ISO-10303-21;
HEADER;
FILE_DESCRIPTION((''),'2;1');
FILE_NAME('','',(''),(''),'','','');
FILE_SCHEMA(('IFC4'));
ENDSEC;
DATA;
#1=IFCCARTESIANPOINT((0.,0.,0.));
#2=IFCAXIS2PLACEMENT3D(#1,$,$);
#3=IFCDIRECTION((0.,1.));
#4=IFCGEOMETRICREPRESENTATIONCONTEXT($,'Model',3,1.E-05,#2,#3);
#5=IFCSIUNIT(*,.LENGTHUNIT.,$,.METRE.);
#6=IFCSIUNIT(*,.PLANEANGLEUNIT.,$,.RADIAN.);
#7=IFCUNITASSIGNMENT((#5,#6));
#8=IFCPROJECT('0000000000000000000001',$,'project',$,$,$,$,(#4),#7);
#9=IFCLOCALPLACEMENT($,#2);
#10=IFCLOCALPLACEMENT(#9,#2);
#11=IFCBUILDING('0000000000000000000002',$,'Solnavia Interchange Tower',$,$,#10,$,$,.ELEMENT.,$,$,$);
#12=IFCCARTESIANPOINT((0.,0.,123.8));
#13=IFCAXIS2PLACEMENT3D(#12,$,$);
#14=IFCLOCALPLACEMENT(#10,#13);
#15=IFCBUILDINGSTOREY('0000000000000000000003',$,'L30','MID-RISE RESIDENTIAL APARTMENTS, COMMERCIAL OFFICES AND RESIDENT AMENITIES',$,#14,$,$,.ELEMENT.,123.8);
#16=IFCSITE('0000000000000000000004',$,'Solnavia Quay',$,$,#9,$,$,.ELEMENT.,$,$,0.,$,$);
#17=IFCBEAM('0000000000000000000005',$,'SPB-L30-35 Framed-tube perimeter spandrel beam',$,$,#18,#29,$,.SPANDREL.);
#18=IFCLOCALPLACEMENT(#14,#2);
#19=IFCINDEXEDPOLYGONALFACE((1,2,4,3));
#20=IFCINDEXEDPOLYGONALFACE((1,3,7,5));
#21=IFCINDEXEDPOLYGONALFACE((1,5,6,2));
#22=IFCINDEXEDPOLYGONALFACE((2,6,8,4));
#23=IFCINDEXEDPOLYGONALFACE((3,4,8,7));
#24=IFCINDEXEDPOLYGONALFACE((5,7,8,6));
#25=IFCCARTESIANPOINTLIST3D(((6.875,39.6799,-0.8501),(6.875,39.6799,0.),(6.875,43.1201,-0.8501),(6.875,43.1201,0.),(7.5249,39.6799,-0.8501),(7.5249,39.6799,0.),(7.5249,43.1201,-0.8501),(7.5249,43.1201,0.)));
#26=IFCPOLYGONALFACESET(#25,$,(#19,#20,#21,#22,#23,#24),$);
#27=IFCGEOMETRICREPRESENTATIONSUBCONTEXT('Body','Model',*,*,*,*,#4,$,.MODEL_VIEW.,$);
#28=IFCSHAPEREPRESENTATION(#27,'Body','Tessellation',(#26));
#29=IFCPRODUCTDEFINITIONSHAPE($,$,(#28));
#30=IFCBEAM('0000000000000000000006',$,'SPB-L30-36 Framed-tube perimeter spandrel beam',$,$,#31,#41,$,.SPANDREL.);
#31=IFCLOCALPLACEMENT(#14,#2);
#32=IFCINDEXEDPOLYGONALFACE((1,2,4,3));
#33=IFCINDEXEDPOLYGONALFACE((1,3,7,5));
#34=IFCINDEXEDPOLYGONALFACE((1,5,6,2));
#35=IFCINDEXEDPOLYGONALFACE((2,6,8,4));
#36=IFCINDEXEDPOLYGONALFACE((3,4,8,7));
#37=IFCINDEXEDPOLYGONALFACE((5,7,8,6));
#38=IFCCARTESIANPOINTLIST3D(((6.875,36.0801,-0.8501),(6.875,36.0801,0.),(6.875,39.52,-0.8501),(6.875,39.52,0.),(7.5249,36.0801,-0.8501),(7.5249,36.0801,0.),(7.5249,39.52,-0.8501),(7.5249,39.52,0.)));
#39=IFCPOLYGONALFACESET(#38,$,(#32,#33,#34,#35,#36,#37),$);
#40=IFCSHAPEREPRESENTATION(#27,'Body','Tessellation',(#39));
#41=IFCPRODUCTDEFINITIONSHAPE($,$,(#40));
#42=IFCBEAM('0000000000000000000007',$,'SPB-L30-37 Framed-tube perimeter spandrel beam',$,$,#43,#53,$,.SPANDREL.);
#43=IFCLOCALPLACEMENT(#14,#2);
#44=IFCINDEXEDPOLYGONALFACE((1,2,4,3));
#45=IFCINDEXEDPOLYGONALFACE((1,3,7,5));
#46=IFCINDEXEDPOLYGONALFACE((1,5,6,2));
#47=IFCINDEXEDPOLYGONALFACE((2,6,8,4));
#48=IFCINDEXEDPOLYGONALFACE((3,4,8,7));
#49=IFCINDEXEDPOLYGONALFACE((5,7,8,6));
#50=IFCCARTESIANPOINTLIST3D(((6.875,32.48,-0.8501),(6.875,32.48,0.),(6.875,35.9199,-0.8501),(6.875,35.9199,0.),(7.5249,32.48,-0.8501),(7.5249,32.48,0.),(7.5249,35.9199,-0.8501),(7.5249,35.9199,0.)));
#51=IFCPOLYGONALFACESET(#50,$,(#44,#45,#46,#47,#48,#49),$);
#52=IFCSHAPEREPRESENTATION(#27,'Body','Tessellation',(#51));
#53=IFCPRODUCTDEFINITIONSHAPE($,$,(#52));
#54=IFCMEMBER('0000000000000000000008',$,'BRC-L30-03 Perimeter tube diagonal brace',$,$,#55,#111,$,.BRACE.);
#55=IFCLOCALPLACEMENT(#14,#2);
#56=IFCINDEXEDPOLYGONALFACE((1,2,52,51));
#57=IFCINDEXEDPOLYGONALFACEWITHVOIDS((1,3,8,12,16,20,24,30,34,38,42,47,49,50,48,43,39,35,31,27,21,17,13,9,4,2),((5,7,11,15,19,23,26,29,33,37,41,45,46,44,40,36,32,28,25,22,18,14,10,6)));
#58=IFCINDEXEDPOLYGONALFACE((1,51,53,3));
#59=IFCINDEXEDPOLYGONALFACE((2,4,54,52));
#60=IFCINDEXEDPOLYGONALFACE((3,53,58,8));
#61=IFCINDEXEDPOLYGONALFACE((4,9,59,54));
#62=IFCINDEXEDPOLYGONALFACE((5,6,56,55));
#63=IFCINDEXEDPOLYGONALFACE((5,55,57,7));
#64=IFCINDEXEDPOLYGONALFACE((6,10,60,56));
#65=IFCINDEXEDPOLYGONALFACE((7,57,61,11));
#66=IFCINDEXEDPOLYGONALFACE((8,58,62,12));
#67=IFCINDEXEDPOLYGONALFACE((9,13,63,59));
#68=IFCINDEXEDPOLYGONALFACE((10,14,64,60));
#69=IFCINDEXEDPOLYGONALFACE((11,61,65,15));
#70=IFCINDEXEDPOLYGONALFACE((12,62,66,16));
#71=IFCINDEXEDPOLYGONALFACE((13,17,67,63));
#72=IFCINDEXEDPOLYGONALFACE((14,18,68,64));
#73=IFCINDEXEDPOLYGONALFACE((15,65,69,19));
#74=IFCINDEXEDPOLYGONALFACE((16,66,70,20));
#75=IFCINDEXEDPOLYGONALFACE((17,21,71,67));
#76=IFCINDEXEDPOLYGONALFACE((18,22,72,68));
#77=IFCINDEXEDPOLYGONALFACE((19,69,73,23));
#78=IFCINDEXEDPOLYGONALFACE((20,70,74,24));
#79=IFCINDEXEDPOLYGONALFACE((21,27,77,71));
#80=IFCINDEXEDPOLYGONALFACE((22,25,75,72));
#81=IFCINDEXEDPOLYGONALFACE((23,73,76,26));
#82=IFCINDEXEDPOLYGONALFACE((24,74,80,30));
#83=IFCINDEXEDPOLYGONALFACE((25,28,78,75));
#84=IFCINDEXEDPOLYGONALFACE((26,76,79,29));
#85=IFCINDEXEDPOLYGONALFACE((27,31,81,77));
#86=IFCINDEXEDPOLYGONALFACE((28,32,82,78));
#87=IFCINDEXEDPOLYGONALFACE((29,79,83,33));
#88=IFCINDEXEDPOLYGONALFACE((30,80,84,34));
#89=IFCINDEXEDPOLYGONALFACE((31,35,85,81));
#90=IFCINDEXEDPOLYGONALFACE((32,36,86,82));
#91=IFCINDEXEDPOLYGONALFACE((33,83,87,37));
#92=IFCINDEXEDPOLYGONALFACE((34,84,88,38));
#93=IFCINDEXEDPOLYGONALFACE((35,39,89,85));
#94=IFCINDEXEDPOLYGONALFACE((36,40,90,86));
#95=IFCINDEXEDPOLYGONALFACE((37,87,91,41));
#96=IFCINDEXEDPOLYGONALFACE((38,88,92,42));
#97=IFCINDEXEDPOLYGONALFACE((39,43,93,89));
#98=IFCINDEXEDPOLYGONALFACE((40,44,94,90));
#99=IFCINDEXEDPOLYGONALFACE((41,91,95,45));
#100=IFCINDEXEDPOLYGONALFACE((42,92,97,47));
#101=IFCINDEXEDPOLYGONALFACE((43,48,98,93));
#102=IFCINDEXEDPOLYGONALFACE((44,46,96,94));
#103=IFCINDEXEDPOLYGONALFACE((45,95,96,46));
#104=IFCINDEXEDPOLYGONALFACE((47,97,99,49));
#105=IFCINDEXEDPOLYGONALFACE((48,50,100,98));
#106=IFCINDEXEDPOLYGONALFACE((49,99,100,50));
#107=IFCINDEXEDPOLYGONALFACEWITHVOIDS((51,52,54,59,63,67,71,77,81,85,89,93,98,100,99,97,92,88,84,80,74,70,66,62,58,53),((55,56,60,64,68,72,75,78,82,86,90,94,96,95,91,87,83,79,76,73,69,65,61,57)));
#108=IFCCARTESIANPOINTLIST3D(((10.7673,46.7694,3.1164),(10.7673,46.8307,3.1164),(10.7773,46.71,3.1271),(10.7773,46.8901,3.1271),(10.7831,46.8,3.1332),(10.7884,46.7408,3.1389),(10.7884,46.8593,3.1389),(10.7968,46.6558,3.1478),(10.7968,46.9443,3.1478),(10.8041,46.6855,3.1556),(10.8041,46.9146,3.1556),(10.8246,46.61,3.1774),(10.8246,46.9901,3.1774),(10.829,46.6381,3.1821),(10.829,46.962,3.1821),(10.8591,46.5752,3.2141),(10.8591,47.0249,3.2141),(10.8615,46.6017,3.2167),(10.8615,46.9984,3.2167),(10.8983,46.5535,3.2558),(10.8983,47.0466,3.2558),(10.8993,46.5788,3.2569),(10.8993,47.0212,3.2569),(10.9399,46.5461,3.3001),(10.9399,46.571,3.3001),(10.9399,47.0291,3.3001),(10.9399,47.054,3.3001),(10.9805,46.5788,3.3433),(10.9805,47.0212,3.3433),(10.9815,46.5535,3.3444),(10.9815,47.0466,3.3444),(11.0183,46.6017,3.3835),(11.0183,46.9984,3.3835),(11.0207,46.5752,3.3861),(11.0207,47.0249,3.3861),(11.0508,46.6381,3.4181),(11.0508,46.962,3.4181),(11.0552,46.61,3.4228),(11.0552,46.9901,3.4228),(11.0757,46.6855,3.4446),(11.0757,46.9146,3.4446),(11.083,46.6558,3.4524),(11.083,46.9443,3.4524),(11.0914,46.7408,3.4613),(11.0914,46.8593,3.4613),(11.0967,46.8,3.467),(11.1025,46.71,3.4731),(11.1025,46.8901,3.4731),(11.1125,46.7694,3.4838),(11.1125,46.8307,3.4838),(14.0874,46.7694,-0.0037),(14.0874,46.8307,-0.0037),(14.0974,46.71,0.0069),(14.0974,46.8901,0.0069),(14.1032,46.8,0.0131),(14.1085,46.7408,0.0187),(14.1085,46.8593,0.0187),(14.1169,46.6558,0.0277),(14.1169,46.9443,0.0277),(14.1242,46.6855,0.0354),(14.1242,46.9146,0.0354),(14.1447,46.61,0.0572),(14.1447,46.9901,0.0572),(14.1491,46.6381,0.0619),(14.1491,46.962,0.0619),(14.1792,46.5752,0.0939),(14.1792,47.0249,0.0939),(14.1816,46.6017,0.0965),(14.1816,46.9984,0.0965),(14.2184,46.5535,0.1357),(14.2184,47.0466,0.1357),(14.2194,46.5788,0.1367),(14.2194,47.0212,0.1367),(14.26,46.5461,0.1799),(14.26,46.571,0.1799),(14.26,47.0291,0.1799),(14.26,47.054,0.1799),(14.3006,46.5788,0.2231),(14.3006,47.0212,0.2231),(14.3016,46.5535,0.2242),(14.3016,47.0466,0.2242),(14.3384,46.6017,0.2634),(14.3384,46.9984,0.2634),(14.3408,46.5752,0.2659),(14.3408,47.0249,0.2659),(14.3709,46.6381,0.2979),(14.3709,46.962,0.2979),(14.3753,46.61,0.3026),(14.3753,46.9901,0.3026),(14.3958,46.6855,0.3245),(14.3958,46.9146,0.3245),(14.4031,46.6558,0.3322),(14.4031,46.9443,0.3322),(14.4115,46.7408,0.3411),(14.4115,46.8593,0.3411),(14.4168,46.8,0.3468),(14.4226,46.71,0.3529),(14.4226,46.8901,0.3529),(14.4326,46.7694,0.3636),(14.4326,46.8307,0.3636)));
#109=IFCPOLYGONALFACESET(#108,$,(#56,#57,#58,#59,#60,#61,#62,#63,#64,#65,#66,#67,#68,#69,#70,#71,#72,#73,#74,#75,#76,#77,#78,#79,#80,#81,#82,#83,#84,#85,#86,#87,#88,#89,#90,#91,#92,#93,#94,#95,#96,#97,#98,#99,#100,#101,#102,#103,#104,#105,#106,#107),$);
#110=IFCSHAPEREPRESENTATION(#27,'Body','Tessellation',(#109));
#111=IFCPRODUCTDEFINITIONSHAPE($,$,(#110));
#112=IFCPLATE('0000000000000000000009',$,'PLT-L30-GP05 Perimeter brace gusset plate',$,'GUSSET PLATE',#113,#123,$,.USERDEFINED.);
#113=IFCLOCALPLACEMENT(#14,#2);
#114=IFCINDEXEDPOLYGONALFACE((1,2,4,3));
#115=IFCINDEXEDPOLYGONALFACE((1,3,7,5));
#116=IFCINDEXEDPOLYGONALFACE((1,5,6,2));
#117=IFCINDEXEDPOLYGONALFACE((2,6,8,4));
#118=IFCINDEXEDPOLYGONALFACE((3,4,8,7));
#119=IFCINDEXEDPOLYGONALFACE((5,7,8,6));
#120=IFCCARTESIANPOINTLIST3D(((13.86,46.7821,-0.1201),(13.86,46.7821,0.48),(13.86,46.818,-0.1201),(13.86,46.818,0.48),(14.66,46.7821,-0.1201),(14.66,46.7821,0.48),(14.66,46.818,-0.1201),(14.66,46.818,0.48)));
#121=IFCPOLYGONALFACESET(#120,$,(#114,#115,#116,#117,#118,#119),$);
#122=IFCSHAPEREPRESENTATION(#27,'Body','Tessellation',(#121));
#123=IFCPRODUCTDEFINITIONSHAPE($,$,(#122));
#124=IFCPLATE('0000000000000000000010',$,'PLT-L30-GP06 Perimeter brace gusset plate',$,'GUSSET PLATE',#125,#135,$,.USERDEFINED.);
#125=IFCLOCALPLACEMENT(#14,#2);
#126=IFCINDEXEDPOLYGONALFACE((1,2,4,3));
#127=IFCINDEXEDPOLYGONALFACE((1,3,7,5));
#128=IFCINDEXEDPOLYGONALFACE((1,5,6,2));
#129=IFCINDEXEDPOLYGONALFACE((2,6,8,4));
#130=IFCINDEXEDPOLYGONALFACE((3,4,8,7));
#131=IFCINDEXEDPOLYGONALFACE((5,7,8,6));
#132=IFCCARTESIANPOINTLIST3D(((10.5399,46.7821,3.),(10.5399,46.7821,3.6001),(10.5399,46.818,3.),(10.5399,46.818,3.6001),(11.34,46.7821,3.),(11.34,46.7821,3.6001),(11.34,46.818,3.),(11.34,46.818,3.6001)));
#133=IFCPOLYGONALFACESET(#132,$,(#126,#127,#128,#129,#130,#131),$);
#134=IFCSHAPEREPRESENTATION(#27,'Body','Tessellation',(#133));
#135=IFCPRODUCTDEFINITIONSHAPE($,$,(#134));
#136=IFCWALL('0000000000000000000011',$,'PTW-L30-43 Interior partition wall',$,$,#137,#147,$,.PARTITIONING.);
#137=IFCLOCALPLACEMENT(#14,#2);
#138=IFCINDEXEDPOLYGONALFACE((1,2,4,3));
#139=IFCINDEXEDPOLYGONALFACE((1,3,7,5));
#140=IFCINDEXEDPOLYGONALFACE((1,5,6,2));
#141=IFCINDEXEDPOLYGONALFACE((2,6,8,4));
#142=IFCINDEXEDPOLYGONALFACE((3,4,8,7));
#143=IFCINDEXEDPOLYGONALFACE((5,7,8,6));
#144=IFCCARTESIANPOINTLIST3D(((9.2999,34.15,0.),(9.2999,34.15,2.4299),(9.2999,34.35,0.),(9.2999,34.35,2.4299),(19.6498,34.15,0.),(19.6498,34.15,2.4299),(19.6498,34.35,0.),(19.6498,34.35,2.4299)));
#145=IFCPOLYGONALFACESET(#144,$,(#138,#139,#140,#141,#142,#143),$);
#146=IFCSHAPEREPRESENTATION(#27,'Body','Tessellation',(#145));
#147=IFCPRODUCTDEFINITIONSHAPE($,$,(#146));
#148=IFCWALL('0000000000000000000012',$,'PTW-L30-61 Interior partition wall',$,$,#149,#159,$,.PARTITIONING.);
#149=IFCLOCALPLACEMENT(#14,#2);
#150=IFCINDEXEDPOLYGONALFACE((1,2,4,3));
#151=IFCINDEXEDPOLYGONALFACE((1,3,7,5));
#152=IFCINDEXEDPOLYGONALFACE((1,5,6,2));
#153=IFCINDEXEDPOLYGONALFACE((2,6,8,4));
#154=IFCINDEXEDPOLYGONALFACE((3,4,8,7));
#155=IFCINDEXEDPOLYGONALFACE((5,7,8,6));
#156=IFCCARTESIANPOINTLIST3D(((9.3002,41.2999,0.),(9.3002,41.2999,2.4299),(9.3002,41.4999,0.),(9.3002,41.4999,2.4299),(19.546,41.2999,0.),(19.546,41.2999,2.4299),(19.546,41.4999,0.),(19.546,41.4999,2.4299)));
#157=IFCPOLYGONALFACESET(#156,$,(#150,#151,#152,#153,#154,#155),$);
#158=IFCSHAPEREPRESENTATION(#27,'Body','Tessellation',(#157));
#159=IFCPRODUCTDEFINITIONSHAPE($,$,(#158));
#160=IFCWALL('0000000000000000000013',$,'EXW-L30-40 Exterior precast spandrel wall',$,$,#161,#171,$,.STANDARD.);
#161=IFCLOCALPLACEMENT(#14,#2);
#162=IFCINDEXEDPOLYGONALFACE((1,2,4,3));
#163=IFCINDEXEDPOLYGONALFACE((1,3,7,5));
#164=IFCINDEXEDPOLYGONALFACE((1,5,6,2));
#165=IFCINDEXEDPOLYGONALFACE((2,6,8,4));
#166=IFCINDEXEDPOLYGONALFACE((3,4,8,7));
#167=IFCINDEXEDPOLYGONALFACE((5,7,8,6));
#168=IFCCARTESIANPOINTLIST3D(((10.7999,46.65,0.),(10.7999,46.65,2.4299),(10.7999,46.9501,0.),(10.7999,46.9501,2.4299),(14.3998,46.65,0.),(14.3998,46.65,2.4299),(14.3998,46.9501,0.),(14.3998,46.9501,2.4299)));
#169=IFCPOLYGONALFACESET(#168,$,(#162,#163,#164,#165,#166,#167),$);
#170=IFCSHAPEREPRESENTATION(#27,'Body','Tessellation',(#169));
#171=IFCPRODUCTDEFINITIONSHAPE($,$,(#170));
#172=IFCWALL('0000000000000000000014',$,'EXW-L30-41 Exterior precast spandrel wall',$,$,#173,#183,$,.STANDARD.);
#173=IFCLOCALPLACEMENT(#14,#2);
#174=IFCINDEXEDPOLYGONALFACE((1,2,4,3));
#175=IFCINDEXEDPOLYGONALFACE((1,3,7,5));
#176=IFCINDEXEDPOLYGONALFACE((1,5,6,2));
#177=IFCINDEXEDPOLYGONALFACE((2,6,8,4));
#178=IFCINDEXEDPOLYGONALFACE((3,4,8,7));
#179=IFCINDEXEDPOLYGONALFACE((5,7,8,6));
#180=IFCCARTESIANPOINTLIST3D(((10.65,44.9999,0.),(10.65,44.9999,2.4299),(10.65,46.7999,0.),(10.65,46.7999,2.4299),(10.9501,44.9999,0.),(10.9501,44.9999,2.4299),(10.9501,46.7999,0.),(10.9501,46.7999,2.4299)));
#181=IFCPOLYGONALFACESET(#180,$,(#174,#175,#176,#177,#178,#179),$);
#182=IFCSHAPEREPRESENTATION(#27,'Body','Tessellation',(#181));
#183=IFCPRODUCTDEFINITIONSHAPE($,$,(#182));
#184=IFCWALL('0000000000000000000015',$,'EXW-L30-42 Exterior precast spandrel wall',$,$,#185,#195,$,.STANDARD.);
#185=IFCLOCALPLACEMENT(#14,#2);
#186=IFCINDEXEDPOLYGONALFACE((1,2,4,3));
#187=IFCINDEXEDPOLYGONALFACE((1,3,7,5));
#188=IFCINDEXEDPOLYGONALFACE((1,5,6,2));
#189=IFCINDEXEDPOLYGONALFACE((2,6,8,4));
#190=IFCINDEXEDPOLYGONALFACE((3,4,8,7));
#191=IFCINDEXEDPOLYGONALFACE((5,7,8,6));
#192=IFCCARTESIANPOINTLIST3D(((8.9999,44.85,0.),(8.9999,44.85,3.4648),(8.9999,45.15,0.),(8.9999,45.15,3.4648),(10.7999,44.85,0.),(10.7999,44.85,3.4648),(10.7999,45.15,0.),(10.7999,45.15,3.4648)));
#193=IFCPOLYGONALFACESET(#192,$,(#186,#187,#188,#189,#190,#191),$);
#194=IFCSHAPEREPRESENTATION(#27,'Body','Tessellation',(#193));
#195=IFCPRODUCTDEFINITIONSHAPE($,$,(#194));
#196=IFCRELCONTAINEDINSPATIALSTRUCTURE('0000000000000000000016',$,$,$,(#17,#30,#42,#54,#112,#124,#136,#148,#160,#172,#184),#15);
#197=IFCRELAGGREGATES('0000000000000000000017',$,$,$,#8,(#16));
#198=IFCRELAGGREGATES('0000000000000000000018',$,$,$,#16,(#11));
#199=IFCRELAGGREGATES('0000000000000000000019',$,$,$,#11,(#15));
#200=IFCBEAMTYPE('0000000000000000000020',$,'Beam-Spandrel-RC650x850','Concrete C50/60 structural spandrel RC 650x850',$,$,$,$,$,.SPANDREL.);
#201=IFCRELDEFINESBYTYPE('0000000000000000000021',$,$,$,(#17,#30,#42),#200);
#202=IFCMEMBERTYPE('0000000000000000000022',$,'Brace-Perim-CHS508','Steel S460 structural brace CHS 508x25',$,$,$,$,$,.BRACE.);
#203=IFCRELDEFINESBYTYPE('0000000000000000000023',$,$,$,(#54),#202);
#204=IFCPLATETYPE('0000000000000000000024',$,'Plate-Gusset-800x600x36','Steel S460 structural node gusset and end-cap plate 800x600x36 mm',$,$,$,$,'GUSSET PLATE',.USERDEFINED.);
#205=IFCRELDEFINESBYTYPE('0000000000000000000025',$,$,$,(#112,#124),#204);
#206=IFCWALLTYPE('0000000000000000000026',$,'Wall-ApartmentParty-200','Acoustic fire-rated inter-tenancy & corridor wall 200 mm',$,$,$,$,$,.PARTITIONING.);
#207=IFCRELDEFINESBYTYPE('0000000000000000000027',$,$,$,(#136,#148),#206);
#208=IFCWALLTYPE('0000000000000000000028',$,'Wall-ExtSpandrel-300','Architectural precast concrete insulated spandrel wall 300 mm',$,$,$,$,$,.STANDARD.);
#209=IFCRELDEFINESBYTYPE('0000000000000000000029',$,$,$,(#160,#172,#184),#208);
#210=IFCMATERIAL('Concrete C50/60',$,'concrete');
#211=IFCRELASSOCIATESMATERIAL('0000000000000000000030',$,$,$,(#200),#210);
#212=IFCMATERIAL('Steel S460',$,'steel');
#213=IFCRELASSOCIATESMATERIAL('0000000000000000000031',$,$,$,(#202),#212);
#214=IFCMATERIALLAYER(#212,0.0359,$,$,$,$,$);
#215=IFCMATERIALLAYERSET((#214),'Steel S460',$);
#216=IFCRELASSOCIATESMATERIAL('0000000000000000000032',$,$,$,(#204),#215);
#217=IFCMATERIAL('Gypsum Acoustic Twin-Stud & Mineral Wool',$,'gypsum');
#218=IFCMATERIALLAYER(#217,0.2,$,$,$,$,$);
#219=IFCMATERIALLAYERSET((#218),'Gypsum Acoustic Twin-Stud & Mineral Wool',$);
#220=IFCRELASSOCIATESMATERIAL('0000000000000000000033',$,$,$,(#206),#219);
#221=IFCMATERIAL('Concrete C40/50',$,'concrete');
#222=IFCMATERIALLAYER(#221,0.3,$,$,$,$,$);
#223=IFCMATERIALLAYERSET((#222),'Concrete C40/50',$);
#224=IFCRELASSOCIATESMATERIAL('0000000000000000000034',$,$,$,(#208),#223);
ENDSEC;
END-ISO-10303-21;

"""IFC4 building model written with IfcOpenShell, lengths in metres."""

from ifc_helpers import new_model, si_unit, direction, frame, frame_2d, origin, origin_2d, place, context, subcontext, project, spatial, rectangle, hollow_circle, extrude, material, layer, layer_set, material_profile, profile_set, type_object, element, save


model = new_model("IFC4")

# Units and contexts
model_context = context("Model", 3, precision=1e-05, world=origin(), true_north=direction((0.0, 1.0)))
body_context = subcontext(model_context, "Body", "Model", "MODEL_VIEW")
ifc_project = project(units=[si_unit("LENGTHUNIT", "METRE"), si_unit("PLANEANGLEUNIT", "RADIAN")], contexts=[model_context])

# Site, building, storey
site_placement = place(None, origin())
site = spatial("IfcSite", under=ifc_project, at=site_placement, Name="Solnavia Quay", CompositionType="ELEMENT", RefElevation=0.0)
building_placement = place(site_placement, origin())
building = spatial("IfcBuilding", under=site, at=building_placement, Name="Solnavia Interchange Tower", CompositionType="ELEMENT")
storey_placement = place(building_placement, frame((0.0, 0.0, 123.8)))
storey = spatial("IfcBuildingStorey", under=building, at=storey_placement, Name="L30", Description="MID-RISE RESIDENTIAL APARTMENTS, COMMERCIAL OFFICES AND RESIDENT AMENITIES", CompositionType="ELEMENT", Elevation=123.8)

# Shared definitions
ifc_material_1 = material(Name="Concrete C50/60", Category="concrete")

# Beams
ifc_material_profile_1 = material_profile(ifc_material_1, rectangle(XDim=0.6499, YDim=0.8501, at=origin_2d()), Name="RC 650x850")
ifc_profile_set_1 = profile_set([ifc_material_profile_1], Name="Concrete C50/60")
beam_type_1 = type_object("IfcBeamType", Name="Beam-Spandrel-RC650x850", Description="Concrete C50/60 structural spandrel RC 650x850", PredefinedType="SPANDREL", material=ifc_profile_set_1)
beam_1_placement = place(storey_placement, frame((7.2, 43.1201, -0.425), z_axis=(0.0, -1.0, 0.0), x_axis=(1.0, 0.0, 0.0)))
element("IfcBeam", 1, at=beam_1_placement, inside=storey, type_object=beam_type_1, Name="SPB-L30-35 Framed-tube perimeter spandrel beam", PredefinedType="SPANDREL", context=body_context, shape_type="SweptSolid", body=[
    extrude(rectangle(XDim=0.6499, YDim=0.8501, at=origin_2d()), origin(), (0.0, 0.0, 1.0), 3.4402),
])
for number, where, z_axis, x_axis, name in (
    (2, (7.2, 39.52, -0.425), (0.0, -1.0, 0.0), (1.0, 0.0, 0.0), "SPB-L30-36 Framed-tube perimeter spandrel beam"),
    (3, (7.2, 35.9199, -0.425), (0.0, -1.0, 0.0), (1.0, 0.0, 0.0), "SPB-L30-37 Framed-tube perimeter spandrel beam"),
):
    element("IfcBeam", number, at=place(storey_placement, frame(where, z_axis=z_axis, x_axis=x_axis)), inside=storey, type_object=beam_type_1, Name=name, PredefinedType="SPANDREL", context=body_context, shape_type="SweptSolid", body=[
        extrude(rectangle(XDim=0.6499, YDim=0.8501, at=origin_2d()), origin(), (0.0, 0.0, 1.0), 3.4399),
    ])

# Member
ifc_material_2 = material(Name="Steel S460", Category="steel")
ifc_material_profile_2 = material_profile(ifc_material_2, hollow_circle(Radius=0.2539, WallThickness=0.0249, at=origin_2d()), Name="CHS 508x25")
ifc_profile_set_2 = profile_set([ifc_material_profile_2], Name="Steel S460")
member_type = type_object("IfcMemberType", Name="Brace-Perim-CHS508", Description="Steel S460 structural brace CHS 508x25", PredefinedType="BRACE", material=ifc_profile_set_2)
member_placement = place(storey_placement, frame((14.26, 46.8, 0.1799), z_axis=(-0.728709, 0.0, 0.684823), x_axis=(0.0, -1.0, 0.0)))
element("IfcMember", 4, at=member_placement, inside=storey, type_object=member_type, Name="BRC-L30-03 Perimeter tube diagonal brace", PredefinedType="BRACE", context=body_context, shape_type="SweptSolid", body=[
    extrude(hollow_circle(Radius=0.2539, WallThickness=0.0249, at=origin_2d()), origin(), (0.0, 0.0, 1.0), 4.5562),
])

# Plates
ifc_layer_1 = layer(ifc_material_2, 0.0359)
ifc_layer_set_1 = layer_set([ifc_layer_1], Name="Steel S460")
plate_type = type_object("IfcPlateType", Name="Plate-Gusset-800x600x36", Description="Steel S460 structural node gusset and end-cap plate 800x600x36 mm", ElementType="GUSSET PLATE", PredefinedType="USERDEFINED", material=ifc_layer_set_1)
for number, where, z_axis, x_axis, name in (
    (5, (14.26, 46.8, -0.1201), (0.0, 0.0, 1.0), (-1.0, 0.0, 0.0), "PLT-L30-GP05 Perimeter brace gusset plate"),
    (6, (10.9399, 46.8, 3.0), (0.0, 0.0, 1.0), (-1.0, 0.0, 0.0), "PLT-L30-GP06 Perimeter brace gusset plate"),
):
    element("IfcPlate", number, at=place(storey_placement, frame(where, z_axis=z_axis, x_axis=x_axis)), inside=storey, type_object=plate_type, Name=name, ObjectType="GUSSET PLATE", PredefinedType="USERDEFINED", context=body_context, shape_type="SweptSolid", body=[
        extrude(rectangle(XDim=0.8, YDim=0.0359, at=origin_2d()), origin(), (0.0, 0.0, 1.0), 0.6001),
    ])

# Walls
ifc_material_3 = material(Name="Gypsum Acoustic Twin-Stud & Mineral Wool", Category="gypsum")
ifc_layer_2 = layer(ifc_material_3, 0.2)
ifc_layer_set_2 = layer_set([ifc_layer_2], Name="Gypsum Acoustic Twin-Stud & Mineral Wool")
wall_type_1 = type_object("IfcWallType", Name="Wall-ApartmentParty-200", Description="Acoustic fire-rated inter-tenancy & corridor wall 200 mm", PredefinedType="PARTITIONING", material=ifc_layer_set_2)
wall_1_placement = place(storey_placement, frame((9.3, 34.25, 0.0), z_axis=(0.0, 0.0, 1.0), x_axis=(1.0, 0.0, 0.0)))
element("IfcWall", 7, at=wall_1_placement, inside=storey, type_object=wall_type_1, Name="PTW-L30-43 Interior partition wall", PredefinedType="PARTITIONING", context=body_context, shape_type="SweptSolid", body=[
    extrude(rectangle(XDim=10.3499, YDim=0.2, at=frame_2d((5.1748, 0.0))), origin(), (0.0, 0.0, 1.0), 2.4299),
])
wall_2_placement = place(storey_placement, frame((9.3, 41.3999, 0.0), z_axis=(0.0, 0.0, 1.0), x_axis=(1.0, 0.0, 0.0)))
element("IfcWall", 8, at=wall_2_placement, inside=storey, type_object=wall_type_1, Name="PTW-L30-61 Interior partition wall", PredefinedType="PARTITIONING", context=body_context, shape_type="SweptSolid", body=[
    extrude(rectangle(XDim=10.2458, YDim=0.2, at=frame_2d((5.123, 0.0))), origin(), (0.0, 0.0, 1.0), 2.4299),
])
ifc_material_4 = material(Name="Concrete C40/50", Category="concrete")
ifc_layer_3 = layer(ifc_material_4, 0.3)
ifc_layer_set_3 = layer_set([ifc_layer_3], Name="Concrete C40/50")
wall_type_2 = type_object("IfcWallType", Name="Wall-ExtSpandrel-300", Description="Architectural precast concrete insulated spandrel wall 300 mm", PredefinedType="STANDARD", material=ifc_layer_set_3)
wall_3_placement = place(storey_placement, frame((10.8, 46.8, 0.0), z_axis=(0.0, 0.0, 1.0), x_axis=(1.0, 0.0, 0.0)))
element("IfcWall", 9, at=wall_3_placement, inside=storey, type_object=wall_type_2, Name="EXW-L30-40 Exterior precast spandrel wall", PredefinedType="STANDARD", context=body_context, shape_type="SweptSolid", body=[
    extrude(rectangle(XDim=3.5999, YDim=0.3, at=frame_2d((1.7998, 0.0))), origin(), (0.0, 0.0, 1.0), 2.4299),
])
wall_4_placement = place(storey_placement, frame((10.8, 45.0, 0.0), z_axis=(0.0, 0.0, 1.0), x_axis=(0.0, 1.0, 0.0)))
element("IfcWall", 10, at=wall_4_placement, inside=storey, type_object=wall_type_2, Name="EXW-L30-41 Exterior precast spandrel wall", PredefinedType="STANDARD", context=body_context, shape_type="SweptSolid", body=[
    extrude(rectangle(XDim=1.8, YDim=0.3, at=frame_2d((0.8999, 0.0))), origin(), (0.0, 0.0, 1.0), 2.4299),
])
wall_5_placement = place(storey_placement, frame((9.0, 45.0, 0.0), z_axis=(0.0, 0.0, 1.0), x_axis=(1.0, 0.0, 0.0)))
element("IfcWall", 11, at=wall_5_placement, inside=storey, type_object=wall_type_2, Name="EXW-L30-42 Exterior precast spandrel wall", PredefinedType="STANDARD", context=body_context, shape_type="SweptSolid", body=[
    extrude(rectangle(XDim=1.8, YDim=0.3, at=frame_2d((0.8999, 0.0))), origin(), (0.0, 0.0, 1.0), 3.4648),
])

save(model, "model.ifc")
